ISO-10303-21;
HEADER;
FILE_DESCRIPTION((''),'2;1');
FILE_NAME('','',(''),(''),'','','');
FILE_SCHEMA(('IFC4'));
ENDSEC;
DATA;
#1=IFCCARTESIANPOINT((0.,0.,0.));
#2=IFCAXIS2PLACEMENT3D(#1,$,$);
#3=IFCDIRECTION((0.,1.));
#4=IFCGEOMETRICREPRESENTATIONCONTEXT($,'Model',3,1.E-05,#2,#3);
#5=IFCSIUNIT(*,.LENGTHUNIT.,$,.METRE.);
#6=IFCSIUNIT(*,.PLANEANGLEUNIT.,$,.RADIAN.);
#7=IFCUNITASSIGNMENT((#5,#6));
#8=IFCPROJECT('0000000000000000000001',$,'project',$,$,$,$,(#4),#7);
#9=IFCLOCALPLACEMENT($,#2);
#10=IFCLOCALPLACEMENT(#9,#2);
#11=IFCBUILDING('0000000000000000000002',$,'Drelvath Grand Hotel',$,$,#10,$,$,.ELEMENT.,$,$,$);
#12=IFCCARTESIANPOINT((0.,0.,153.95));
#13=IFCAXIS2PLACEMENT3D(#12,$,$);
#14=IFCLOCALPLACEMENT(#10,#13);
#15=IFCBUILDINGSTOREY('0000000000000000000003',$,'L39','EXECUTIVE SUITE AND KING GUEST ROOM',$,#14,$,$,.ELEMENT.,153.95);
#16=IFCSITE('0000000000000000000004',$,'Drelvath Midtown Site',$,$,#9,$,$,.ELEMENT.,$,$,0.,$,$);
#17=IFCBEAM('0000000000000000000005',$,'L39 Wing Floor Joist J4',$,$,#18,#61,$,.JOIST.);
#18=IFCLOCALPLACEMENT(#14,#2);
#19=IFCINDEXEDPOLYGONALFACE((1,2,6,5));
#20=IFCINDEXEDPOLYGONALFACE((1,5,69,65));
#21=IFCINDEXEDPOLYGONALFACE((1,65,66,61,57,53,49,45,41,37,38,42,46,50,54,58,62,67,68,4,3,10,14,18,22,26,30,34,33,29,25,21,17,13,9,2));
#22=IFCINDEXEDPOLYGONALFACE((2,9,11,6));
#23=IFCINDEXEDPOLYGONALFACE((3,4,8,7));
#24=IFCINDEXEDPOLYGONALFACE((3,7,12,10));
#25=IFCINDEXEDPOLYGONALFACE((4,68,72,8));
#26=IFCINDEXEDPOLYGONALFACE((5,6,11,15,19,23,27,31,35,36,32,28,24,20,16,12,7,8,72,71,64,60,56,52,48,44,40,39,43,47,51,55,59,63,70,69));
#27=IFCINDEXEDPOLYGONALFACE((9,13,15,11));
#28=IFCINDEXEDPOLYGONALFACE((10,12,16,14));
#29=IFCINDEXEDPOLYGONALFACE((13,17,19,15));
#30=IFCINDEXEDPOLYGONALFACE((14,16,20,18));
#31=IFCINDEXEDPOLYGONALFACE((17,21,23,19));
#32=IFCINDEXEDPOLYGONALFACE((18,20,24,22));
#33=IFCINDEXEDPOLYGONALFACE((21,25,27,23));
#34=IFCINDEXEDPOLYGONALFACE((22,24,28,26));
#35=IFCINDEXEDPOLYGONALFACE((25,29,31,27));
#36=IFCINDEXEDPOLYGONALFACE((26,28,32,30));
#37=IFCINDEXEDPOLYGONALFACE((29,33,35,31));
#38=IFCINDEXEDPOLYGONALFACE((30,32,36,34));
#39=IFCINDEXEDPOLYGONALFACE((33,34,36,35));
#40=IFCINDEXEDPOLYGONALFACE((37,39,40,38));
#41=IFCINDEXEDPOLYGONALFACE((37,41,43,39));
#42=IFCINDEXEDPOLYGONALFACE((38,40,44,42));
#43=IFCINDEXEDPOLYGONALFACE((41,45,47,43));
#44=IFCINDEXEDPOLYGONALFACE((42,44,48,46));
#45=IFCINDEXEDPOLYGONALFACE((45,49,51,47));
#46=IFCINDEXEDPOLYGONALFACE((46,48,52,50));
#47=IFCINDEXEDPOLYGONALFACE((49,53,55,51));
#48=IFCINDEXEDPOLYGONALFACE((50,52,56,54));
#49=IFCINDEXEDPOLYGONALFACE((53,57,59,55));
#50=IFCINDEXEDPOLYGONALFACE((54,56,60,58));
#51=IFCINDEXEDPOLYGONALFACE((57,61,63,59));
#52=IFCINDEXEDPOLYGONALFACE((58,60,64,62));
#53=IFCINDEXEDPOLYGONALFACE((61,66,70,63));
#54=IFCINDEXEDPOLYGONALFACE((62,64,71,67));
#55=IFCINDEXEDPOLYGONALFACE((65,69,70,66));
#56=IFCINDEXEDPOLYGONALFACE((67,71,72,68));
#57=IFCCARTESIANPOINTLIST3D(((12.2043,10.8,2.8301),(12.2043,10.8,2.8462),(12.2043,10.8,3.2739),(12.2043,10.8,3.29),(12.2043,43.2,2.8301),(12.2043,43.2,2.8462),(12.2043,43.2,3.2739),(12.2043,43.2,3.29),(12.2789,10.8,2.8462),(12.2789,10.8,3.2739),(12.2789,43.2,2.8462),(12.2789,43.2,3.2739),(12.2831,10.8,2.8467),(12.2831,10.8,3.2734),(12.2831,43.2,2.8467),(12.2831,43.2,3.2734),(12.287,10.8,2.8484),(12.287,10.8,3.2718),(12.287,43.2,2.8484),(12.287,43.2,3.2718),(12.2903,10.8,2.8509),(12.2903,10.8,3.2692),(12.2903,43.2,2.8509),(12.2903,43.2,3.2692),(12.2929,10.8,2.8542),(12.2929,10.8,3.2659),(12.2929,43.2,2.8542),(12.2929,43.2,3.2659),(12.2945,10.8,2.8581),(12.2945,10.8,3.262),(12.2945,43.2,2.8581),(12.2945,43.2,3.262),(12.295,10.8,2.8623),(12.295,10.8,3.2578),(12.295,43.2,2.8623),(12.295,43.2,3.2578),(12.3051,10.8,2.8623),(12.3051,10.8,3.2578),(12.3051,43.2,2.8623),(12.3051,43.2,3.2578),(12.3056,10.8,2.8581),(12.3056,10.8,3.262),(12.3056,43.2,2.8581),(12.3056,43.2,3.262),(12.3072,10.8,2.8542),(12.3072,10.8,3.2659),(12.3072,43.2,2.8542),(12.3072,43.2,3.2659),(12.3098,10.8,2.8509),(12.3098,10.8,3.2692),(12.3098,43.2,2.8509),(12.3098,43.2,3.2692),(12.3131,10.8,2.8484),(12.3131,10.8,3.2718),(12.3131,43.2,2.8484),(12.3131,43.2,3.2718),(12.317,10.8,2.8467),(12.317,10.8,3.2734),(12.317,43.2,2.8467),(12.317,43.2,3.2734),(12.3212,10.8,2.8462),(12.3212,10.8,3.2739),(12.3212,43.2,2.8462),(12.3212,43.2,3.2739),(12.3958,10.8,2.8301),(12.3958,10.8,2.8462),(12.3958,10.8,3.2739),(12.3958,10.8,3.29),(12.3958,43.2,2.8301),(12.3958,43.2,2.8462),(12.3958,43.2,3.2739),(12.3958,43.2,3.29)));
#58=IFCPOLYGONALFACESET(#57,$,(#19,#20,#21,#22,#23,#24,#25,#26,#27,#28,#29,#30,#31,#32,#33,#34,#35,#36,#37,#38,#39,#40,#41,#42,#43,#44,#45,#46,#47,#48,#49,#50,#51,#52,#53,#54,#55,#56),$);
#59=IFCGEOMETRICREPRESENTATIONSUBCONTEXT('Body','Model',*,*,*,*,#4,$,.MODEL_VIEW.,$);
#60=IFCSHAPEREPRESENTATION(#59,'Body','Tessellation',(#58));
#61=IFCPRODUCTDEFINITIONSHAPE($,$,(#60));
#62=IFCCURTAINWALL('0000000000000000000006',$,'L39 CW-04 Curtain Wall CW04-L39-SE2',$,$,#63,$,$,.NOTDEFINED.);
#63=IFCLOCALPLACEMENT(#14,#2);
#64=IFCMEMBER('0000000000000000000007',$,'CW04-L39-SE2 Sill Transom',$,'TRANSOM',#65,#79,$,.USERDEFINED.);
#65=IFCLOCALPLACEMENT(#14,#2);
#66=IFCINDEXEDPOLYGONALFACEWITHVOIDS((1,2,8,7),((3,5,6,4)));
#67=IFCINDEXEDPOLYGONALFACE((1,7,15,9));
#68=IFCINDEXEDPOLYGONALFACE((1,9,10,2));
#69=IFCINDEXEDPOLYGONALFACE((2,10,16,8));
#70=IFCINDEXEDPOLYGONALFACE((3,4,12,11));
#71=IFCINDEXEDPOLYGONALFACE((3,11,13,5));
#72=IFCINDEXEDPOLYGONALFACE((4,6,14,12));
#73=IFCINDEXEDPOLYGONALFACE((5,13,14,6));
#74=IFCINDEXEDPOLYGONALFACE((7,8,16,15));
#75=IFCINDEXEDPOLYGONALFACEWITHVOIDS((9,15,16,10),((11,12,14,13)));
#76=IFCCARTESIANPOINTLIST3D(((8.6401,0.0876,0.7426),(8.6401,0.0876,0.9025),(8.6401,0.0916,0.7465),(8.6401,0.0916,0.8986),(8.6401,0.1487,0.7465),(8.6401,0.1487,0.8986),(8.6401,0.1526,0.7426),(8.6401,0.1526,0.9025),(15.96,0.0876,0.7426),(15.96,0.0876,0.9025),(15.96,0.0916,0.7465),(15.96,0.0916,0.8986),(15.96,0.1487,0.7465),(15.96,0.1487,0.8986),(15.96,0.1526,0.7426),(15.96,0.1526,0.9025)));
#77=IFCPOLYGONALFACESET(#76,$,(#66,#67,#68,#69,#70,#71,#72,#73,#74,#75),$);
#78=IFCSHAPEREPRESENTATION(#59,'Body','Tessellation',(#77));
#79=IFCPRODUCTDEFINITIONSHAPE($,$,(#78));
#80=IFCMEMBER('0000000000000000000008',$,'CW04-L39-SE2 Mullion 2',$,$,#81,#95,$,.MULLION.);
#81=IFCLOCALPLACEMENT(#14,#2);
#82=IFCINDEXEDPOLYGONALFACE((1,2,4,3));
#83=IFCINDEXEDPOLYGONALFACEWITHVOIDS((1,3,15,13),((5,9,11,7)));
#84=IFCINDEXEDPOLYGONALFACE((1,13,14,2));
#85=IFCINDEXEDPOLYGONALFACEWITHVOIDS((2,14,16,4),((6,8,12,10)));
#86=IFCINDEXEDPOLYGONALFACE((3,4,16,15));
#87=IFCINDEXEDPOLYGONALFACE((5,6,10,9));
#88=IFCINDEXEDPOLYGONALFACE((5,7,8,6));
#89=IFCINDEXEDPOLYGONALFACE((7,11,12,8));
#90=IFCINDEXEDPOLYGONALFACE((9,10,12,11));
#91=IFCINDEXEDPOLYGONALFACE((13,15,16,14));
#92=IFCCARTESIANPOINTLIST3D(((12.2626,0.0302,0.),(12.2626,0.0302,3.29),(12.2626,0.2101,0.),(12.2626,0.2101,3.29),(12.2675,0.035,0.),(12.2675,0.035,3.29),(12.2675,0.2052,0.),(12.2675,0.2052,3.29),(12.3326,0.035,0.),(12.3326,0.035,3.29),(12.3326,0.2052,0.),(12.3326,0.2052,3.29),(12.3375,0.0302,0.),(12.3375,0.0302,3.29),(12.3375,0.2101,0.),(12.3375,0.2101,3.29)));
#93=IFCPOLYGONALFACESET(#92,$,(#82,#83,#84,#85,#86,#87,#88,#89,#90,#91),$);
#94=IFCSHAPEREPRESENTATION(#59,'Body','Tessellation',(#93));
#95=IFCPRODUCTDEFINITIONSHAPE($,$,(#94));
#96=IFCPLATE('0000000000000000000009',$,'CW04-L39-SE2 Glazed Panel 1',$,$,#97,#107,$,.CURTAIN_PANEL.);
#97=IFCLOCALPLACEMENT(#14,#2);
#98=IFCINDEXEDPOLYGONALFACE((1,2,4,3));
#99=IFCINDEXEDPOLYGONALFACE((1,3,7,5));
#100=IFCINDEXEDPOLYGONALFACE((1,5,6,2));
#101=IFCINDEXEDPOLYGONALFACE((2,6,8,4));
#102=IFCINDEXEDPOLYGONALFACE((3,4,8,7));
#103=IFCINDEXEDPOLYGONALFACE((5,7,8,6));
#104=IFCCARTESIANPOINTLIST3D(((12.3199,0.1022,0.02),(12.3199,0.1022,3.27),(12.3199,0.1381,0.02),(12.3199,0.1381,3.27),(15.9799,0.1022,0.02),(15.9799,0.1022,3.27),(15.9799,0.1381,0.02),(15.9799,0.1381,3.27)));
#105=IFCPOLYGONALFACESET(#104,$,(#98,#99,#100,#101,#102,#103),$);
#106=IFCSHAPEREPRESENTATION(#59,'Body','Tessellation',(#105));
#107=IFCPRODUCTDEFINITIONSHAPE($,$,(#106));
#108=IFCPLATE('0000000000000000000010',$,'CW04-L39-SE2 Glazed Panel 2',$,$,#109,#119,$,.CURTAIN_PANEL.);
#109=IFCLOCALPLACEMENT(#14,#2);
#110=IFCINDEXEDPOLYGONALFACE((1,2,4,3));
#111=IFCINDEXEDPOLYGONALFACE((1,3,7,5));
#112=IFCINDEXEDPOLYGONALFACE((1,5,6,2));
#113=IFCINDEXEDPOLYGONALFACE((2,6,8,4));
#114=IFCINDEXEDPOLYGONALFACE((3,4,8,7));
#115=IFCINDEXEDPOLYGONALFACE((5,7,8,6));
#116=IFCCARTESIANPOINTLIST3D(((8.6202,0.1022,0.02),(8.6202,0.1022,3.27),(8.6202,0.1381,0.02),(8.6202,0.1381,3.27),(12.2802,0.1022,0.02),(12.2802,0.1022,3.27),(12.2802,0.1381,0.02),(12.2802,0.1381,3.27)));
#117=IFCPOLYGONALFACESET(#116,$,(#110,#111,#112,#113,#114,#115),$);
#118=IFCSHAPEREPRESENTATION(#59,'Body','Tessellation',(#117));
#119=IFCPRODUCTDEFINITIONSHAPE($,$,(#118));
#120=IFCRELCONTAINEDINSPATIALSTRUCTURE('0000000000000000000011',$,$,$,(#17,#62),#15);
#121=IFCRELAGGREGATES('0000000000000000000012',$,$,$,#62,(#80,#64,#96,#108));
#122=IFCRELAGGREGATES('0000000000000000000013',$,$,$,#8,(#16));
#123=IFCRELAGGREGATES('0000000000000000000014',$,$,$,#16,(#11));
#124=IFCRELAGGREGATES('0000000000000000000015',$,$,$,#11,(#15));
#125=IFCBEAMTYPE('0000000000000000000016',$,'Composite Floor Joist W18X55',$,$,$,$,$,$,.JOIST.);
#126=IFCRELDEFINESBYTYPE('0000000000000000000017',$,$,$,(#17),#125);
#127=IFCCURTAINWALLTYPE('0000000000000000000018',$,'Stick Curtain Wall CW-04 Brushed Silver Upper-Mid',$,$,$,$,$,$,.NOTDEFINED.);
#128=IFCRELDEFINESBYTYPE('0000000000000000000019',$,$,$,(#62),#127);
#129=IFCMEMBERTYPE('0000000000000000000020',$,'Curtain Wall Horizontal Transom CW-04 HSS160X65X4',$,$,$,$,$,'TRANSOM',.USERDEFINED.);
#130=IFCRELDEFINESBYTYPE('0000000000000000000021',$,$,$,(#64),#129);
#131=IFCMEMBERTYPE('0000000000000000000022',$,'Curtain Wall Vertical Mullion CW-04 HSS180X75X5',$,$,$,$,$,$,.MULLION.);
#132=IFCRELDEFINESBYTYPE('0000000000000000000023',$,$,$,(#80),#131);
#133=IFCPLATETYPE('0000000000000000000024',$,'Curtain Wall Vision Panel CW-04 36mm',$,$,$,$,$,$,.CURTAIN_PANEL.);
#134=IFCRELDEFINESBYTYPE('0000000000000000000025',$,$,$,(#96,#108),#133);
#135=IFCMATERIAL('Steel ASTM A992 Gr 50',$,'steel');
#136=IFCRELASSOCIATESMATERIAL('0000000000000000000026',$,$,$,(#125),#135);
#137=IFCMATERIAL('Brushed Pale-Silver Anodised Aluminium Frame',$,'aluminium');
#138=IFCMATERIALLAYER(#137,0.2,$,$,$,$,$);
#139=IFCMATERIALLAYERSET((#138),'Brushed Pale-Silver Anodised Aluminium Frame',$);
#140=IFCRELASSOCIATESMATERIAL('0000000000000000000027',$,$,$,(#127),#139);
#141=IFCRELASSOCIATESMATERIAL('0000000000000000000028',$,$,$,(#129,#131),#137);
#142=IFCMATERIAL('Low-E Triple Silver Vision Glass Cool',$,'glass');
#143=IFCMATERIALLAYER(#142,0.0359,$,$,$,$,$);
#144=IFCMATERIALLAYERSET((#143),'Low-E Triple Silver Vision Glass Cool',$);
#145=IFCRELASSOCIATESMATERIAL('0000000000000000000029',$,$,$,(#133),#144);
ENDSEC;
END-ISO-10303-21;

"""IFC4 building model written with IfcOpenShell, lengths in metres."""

from ifc_helpers import new_model, si_unit, direction, frame, origin, origin_2d, place, context, subcontext, project, spatial, rectangle, hollow_rectangle, i_section, extrude, material, layer, layer_set, material_profile, profile_set, type_object, element, aggregate, save


model = new_model("IFC4")

# Units and contexts
model_context = context("Model", 3, precision=1e-05, world=origin(), true_north=direction((0.0, 1.0)))
body_context = subcontext(model_context, "Body", "Model", "MODEL_VIEW")
ifc_project = project(units=[si_unit("LENGTHUNIT", "METRE"), si_unit("PLANEANGLEUNIT", "RADIAN")], contexts=[model_context])

# Site, building, storey
site_placement = place(None, origin())
site = spatial("IfcSite", under=ifc_project, at=site_placement, Name="Drelvath Midtown Site", CompositionType="ELEMENT", RefElevation=0.0)
building_placement = place(site_placement, origin())
building = spatial("IfcBuilding", under=site, at=building_placement, Name="Drelvath Grand Hotel", CompositionType="ELEMENT")
storey_placement = place(building_placement, frame((0.0, 0.0, 153.95)))
storey = spatial("IfcBuildingStorey", under=building, at=storey_placement, Name="L39", Description="EXECUTIVE SUITE AND KING GUEST ROOM", CompositionType="ELEMENT", Elevation=153.95)

# Beam
ifc_material_1 = material(Name="Steel ASTM A992 Gr 50", Category="steel")
ifc_material_profile_1 = material_profile(ifc_material_1, i_section(OverallWidth=0.1914, OverallDepth=0.46, WebThickness=0.01, FlangeThickness=0.0161, FilletRadius=0.0161, at=origin_2d()), Name="W18X55")
ifc_profile_set_1 = profile_set([ifc_material_profile_1], Name="Steel ASTM A992 Gr 50")
beam_type = type_object("IfcBeamType", Name="Composite Floor Joist W18X55", PredefinedType="JOIST", material=ifc_profile_set_1)
beam_placement = place(storey_placement, frame((12.3, 10.8, 3.0601), z_axis=(0.0, 1.0, 0.0), x_axis=(-1.0, 0.0, 0.0)))
element("IfcBeam", 1, at=beam_placement, inside=storey, type_object=beam_type, Name="L39 Wing Floor Joist J4", PredefinedType="JOIST", context=body_context, shape_type="SweptSolid", body=[
    extrude(i_section(OverallWidth=0.1914, OverallDepth=0.46, WebThickness=0.01, FlangeThickness=0.0161, FilletRadius=0.0161, at=origin_2d()), origin(), (0.0, 0.0, 1.0), 32.3999),
])

# Curtain wall, members, plates
ifc_material_2 = material(Name="Brushed Pale-Silver Anodised Aluminium Frame", Category="aluminium")
ifc_layer_1 = layer(ifc_material_2, 0.2)
ifc_layer_set_1 = layer_set([ifc_layer_1], Name="Brushed Pale-Silver Anodised Aluminium Frame")
curtain_wall_type = type_object("IfcCurtainWallType", Name="Stick Curtain Wall CW-04 Brushed Silver Upper-Mid", PredefinedType="NOTDEFINED", material=ifc_layer_set_1)
curtain_wall_placement = place(storey_placement, origin())
curtain_wall = element("IfcCurtainWall", 2, at=curtain_wall_placement, inside=storey, type_object=curtain_wall_type, Name="L39 CW-04 Curtain Wall CW04-L39-SE2", PredefinedType="NOTDEFINED")
ifc_material_profile_2 = material_profile(ifc_material_2, hollow_rectangle(XDim=0.0649, YDim=0.1599, WallThickness=0.0039, at=origin_2d()), Name="HSS160X65X4")
ifc_profile_set_2 = profile_set([ifc_material_profile_2], Name="Brushed Pale-Silver Anodised Aluminium Frame")
member_type_1 = type_object("IfcMemberType", Name="Curtain Wall Horizontal Transom CW-04 HSS160X65X4", ElementType="TRANSOM", PredefinedType="USERDEFINED", material=ifc_profile_set_2)
member_1_placement = place(storey_placement, frame((15.96, 0.1201, 0.8225), z_axis=(-1.0, 0.0, 0.0), x_axis=(0.0, -1.0, 0.0)))
member_1 = element("IfcMember", 3, at=member_1_placement, type_object=member_type_1, Name="CW04-L39-SE2 Sill Transom", ObjectType="TRANSOM", PredefinedType="USERDEFINED", context=body_context, shape_type="SweptSolid", body=[
    extrude(hollow_rectangle(XDim=0.0649, YDim=0.1599, WallThickness=0.0039, at=origin_2d()), origin(), (0.0, 0.0, 1.0), 7.3198),
])
ifc_material_profile_3 = material_profile(ifc_material_2, hollow_rectangle(XDim=0.075, YDim=0.1799, WallThickness=0.0049, at=origin_2d()), Name="HSS180X75X5")
ifc_profile_set_3 = profile_set([ifc_material_profile_3], Name="Brushed Pale-Silver Anodised Aluminium Frame")
member_type_2 = type_object("IfcMemberType", Name="Curtain Wall Vertical Mullion CW-04 HSS180X75X5", PredefinedType="MULLION", material=ifc_profile_set_3)
member_2_placement = place(storey_placement, frame((12.3, 0.1201, 0.0), z_axis=(0.0, 0.0, 1.0), x_axis=(1.0, 0.0, 0.0)))
member_2 = element("IfcMember", 4, at=member_2_placement, type_object=member_type_2, Name="CW04-L39-SE2 Mullion 2", PredefinedType="MULLION", context=body_context, shape_type="SweptSolid", body=[
    extrude(hollow_rectangle(XDim=0.075, YDim=0.1799, WallThickness=0.0049, at=origin_2d()), origin(), (0.0, 0.0, 1.0), 3.29),
])
ifc_material_3 = material(Name="Low-E Triple Silver Vision Glass Cool", Category="glass")
ifc_layer_2 = layer(ifc_material_3, 0.0359)
ifc_layer_set_2 = layer_set([ifc_layer_2], Name="Low-E Triple Silver Vision Glass Cool")
plate_type = type_object("IfcPlateType", Name="Curtain Wall Vision Panel CW-04 36mm", PredefinedType="CURTAIN_PANEL", material=ifc_layer_set_2)
plate_1_placement = place(storey_placement, frame((14.1499, 0.1201, 0.02), z_axis=(0.0, 0.0, 1.0), x_axis=(-1.0, 0.0, 0.0)))
plate_1 = element("IfcPlate", 5, at=plate_1_placement, type_object=plate_type, Name="CW04-L39-SE2 Glazed Panel 1", PredefinedType="CURTAIN_PANEL", context=body_context, shape_type="SweptSolid", body=[
    extrude(rectangle(XDim=3.6599, YDim=0.0359, at=origin_2d()), origin(), (0.0, 0.0, 1.0), 3.25),
])
plate_2_placement = place(storey_placement, frame((10.4502, 0.1201, 0.02), z_axis=(0.0, 0.0, 1.0), x_axis=(-1.0, 0.0, 0.0)))
plate_2 = element("IfcPlate", 6, at=plate_2_placement, type_object=plate_type, Name="CW04-L39-SE2 Glazed Panel 2", PredefinedType="CURTAIN_PANEL", context=body_context, shape_type="SweptSolid", body=[
    extrude(rectangle(XDim=3.6599, YDim=0.0359, at=origin_2d()), origin(), (0.0, 0.0, 1.0), 3.25),
])
aggregate(curtain_wall, [member_2, member_1, plate_1, plate_2])

save(model, "model.ifc")
